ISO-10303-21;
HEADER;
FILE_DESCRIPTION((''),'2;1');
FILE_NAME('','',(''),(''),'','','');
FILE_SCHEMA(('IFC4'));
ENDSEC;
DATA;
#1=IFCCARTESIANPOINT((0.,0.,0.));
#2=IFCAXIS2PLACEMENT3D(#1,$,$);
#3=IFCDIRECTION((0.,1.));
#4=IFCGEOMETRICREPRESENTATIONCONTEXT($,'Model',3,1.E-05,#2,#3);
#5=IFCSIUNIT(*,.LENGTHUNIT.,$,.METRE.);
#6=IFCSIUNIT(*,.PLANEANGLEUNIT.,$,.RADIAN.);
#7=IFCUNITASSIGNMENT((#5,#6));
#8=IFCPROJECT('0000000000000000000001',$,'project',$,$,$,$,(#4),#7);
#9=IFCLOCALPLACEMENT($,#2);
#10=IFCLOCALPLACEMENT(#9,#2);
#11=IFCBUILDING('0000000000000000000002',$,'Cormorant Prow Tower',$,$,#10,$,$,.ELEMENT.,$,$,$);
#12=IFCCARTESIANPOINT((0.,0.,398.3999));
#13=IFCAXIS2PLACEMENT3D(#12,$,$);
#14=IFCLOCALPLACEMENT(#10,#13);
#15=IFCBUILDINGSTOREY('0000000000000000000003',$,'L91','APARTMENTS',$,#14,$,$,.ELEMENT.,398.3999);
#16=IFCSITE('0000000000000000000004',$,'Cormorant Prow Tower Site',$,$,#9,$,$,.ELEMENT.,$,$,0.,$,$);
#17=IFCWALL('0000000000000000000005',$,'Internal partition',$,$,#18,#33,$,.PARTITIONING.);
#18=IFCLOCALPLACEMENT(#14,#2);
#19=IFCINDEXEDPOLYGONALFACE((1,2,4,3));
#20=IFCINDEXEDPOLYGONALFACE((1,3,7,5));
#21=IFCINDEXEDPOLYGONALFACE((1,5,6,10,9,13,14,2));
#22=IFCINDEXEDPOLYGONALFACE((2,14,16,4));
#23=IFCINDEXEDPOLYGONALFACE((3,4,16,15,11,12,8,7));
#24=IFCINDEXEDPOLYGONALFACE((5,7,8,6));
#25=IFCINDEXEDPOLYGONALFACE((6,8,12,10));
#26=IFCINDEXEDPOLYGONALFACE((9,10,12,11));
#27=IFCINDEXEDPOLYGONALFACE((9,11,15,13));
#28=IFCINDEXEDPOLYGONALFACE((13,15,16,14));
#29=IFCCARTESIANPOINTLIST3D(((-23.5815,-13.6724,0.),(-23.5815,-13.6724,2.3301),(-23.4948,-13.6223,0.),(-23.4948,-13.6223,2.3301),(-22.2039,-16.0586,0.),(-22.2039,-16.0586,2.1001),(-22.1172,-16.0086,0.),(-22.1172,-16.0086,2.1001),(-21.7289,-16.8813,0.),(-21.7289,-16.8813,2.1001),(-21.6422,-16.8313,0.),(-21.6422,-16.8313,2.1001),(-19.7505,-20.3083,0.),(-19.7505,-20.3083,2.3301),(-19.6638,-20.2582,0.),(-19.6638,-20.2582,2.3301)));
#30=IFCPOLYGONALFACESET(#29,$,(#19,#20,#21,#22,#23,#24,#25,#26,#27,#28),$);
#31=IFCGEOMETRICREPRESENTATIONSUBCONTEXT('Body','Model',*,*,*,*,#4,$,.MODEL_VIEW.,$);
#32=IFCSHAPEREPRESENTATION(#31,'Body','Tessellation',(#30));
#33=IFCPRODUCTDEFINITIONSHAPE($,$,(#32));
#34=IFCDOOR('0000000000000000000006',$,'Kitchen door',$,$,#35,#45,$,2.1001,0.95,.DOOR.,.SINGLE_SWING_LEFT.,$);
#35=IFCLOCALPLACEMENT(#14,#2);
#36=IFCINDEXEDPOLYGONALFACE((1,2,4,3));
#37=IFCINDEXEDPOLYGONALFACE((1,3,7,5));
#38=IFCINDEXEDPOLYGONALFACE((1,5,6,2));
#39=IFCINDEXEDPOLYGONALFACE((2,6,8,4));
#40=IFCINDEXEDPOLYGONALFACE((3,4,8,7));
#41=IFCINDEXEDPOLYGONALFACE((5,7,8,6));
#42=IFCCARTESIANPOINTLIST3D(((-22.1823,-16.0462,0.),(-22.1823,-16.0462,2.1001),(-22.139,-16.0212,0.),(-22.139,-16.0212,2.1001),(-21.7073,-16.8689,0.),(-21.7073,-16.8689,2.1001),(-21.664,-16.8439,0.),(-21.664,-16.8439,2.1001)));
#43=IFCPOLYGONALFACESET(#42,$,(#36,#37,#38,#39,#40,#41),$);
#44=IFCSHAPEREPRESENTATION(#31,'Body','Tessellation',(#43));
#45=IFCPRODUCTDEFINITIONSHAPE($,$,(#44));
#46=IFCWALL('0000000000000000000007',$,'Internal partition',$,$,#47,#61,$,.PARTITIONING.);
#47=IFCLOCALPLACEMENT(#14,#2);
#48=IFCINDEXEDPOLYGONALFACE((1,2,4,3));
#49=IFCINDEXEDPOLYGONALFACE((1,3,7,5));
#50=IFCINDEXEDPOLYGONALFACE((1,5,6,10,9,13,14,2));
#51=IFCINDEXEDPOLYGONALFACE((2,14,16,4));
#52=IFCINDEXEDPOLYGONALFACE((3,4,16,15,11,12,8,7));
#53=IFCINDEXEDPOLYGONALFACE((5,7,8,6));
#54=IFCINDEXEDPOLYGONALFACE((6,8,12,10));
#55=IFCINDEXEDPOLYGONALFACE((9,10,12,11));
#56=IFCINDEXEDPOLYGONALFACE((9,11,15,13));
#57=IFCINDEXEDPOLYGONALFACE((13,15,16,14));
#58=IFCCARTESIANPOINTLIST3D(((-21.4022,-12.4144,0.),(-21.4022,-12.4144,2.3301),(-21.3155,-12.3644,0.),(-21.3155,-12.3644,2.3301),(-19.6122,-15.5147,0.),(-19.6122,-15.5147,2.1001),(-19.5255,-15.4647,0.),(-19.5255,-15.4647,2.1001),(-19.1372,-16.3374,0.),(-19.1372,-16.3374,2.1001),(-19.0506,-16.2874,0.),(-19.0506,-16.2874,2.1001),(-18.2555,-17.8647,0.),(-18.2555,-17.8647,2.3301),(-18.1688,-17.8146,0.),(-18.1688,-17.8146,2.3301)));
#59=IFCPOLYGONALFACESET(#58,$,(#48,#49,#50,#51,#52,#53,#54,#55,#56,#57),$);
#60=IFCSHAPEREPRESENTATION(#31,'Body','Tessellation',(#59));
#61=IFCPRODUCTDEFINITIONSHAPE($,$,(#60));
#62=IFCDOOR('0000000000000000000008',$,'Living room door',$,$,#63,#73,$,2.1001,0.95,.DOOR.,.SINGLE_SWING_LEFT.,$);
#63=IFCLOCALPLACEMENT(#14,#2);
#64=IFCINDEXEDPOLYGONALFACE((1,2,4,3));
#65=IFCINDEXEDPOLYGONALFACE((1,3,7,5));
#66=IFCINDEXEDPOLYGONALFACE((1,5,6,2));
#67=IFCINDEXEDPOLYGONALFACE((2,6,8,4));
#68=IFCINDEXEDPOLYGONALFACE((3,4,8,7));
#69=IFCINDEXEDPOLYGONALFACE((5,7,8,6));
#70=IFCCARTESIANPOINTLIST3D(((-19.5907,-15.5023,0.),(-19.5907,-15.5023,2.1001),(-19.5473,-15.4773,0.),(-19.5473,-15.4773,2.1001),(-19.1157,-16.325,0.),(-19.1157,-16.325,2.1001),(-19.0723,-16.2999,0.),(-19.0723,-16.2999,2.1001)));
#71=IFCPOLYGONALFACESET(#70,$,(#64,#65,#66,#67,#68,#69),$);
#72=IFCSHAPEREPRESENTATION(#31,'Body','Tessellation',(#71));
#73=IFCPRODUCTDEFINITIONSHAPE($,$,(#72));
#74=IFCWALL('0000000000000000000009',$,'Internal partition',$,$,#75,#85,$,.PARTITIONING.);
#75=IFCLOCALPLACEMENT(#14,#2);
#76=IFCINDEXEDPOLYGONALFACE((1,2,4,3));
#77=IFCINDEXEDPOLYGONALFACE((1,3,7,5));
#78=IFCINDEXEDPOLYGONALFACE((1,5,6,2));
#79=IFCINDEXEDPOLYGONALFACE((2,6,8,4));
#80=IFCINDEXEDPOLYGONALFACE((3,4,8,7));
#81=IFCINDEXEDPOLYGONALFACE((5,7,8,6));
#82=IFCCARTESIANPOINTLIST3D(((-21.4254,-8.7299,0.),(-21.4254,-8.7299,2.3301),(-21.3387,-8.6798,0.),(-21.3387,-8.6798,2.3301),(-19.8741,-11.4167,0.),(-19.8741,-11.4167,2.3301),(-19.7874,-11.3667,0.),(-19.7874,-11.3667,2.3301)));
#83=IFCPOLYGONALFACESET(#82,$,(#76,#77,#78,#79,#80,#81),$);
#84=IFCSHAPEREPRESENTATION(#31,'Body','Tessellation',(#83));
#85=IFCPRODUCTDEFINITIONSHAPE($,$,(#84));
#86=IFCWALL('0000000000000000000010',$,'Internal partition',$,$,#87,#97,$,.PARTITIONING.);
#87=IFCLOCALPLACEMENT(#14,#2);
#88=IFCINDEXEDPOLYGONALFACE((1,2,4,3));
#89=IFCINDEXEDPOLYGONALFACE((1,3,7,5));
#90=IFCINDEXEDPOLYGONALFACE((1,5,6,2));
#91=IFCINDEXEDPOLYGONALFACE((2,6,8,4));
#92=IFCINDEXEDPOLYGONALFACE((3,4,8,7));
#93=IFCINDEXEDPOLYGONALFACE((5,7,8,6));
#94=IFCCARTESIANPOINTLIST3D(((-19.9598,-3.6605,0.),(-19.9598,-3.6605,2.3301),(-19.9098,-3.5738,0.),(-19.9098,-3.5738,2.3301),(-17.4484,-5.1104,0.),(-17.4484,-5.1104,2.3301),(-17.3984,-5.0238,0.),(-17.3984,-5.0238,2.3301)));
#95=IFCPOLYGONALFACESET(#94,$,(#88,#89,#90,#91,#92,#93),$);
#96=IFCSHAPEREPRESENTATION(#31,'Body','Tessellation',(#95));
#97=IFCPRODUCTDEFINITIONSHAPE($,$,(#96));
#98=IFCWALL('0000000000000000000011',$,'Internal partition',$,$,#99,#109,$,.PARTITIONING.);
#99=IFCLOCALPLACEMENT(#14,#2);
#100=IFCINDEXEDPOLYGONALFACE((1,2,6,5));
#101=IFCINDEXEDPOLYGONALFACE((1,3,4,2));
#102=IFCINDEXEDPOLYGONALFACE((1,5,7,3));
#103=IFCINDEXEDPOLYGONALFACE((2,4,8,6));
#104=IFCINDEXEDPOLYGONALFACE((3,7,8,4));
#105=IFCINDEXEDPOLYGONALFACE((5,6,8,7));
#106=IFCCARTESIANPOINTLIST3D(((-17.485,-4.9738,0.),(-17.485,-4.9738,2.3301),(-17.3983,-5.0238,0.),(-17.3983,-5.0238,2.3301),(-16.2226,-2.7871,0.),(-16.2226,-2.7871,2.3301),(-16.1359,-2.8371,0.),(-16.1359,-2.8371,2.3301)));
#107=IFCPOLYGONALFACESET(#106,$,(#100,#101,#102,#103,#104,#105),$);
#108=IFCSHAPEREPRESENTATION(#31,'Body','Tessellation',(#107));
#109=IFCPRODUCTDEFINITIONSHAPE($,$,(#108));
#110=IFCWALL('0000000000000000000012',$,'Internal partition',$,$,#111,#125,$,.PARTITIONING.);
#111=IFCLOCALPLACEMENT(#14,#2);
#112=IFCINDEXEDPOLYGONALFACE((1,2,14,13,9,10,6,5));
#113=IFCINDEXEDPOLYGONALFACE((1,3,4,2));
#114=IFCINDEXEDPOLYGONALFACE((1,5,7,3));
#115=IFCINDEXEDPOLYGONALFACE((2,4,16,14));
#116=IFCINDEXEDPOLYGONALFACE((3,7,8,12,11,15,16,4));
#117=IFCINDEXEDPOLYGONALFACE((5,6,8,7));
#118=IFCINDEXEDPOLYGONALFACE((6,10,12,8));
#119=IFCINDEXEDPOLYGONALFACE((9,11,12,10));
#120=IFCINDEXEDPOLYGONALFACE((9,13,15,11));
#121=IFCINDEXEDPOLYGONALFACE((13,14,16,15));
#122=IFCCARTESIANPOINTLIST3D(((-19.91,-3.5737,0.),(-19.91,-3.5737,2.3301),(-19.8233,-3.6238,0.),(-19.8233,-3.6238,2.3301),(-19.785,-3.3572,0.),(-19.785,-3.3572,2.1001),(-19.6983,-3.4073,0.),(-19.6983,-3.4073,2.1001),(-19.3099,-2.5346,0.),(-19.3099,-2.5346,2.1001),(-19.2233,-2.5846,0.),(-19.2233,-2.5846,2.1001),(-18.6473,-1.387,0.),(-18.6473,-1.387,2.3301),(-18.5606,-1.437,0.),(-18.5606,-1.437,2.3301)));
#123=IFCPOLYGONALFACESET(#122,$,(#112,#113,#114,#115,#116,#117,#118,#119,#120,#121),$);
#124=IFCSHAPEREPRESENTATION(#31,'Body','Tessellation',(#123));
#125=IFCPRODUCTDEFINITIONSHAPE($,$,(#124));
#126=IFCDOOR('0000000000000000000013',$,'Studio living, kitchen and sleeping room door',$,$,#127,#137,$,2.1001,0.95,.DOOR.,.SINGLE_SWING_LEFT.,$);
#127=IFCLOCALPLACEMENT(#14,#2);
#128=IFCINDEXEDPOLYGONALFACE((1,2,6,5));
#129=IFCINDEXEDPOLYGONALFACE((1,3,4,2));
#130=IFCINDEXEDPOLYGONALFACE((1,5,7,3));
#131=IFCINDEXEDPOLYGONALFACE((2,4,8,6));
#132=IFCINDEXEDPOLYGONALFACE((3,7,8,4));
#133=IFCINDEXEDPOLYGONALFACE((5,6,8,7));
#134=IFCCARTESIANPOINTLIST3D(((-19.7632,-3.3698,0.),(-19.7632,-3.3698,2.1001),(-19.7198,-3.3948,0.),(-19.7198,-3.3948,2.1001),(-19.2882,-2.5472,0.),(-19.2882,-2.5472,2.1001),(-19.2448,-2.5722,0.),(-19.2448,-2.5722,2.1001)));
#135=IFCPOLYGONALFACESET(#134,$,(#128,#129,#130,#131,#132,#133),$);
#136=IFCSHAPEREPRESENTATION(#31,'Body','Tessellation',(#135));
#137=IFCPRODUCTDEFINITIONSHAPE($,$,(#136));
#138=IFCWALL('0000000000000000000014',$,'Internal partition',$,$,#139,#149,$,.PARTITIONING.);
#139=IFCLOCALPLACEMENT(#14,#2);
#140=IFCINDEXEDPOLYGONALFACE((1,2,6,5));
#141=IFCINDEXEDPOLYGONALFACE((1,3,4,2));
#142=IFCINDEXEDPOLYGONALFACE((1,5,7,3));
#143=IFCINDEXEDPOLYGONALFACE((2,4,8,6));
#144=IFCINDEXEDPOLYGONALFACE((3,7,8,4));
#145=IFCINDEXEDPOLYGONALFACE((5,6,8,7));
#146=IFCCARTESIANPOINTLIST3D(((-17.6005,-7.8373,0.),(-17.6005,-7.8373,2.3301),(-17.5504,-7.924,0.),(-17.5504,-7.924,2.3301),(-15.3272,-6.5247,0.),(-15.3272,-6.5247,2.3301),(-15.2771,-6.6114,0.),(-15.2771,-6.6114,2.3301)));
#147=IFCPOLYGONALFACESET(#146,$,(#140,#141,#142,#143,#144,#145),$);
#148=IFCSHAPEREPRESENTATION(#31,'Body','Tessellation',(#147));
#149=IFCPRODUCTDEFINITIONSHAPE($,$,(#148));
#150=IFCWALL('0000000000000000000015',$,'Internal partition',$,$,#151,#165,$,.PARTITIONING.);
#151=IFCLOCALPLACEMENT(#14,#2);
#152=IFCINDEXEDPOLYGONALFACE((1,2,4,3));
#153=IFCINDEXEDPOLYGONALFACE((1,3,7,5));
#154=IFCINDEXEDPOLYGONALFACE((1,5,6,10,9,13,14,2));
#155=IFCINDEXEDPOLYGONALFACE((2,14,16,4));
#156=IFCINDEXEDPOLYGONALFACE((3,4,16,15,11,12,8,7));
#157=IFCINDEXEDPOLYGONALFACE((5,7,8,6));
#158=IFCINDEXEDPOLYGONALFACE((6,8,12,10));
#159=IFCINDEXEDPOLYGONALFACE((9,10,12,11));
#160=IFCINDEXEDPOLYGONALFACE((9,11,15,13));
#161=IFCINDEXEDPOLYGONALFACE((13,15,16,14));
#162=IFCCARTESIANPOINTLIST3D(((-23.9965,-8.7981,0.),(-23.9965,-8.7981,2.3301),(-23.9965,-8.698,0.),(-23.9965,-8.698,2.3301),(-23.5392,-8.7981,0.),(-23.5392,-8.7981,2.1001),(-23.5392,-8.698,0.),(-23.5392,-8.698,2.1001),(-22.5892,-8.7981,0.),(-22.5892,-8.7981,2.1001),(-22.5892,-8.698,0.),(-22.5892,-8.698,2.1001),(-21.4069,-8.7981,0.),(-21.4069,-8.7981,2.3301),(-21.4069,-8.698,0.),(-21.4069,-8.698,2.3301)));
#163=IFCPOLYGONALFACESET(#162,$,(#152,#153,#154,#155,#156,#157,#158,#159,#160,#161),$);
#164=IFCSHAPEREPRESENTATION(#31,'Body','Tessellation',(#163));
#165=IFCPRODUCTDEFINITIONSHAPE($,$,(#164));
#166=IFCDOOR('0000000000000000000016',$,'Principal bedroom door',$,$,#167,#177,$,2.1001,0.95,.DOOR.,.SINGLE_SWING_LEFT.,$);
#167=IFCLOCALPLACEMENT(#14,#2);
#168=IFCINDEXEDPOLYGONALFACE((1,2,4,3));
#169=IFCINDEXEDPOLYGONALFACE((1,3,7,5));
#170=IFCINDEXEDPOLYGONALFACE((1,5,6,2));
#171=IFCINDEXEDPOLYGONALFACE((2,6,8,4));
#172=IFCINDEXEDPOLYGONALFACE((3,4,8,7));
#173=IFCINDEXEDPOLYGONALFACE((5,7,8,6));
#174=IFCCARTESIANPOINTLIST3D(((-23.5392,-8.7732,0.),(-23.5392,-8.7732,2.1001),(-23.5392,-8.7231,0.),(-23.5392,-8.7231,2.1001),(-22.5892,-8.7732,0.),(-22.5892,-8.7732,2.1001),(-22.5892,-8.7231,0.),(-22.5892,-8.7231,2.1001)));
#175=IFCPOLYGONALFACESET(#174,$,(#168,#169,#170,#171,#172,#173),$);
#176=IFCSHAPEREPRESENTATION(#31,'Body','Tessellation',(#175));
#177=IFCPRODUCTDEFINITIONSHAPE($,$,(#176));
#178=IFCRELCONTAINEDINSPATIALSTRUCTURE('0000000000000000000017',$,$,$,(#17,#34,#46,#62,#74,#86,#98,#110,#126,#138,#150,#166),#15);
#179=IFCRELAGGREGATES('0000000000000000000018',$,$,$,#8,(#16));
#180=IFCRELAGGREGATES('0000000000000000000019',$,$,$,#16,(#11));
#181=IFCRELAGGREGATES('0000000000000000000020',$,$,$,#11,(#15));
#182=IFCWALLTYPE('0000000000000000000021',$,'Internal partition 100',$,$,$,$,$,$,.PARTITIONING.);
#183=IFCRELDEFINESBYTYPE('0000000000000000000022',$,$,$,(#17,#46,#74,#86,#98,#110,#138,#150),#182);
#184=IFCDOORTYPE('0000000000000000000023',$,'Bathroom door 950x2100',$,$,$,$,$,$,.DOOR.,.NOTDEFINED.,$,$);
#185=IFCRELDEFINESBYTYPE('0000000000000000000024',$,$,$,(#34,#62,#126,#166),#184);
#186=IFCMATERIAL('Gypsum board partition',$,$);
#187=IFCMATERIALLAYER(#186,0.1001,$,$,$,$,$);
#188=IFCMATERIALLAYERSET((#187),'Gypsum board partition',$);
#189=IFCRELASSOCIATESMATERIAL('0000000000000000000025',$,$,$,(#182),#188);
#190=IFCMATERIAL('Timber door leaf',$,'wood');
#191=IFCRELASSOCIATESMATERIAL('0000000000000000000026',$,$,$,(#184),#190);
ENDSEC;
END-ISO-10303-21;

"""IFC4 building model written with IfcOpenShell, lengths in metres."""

from ifc_helpers import new_model, si_unit, direction, frame, frame_2d, origin, place, context, subcontext, project, spatial, rectangle, extrude, material, layer, layer_set, type_object, element, fill, save


model = new_model("IFC4")

# Units and contexts
model_context = context("Model", 3, precision=1e-05, world=origin(), true_north=direction((0.0, 1.0)))
body_context = subcontext(model_context, "Body", "Model", "MODEL_VIEW")
ifc_project = project(units=[si_unit("LENGTHUNIT", "METRE"), si_unit("PLANEANGLEUNIT", "RADIAN")], contexts=[model_context])

# Site, building, storey
site_placement = place(None, origin())
site = spatial("IfcSite", under=ifc_project, at=site_placement, Name="Cormorant Prow Tower Site", CompositionType="ELEMENT", RefElevation=0.0)
building_placement = place(site_placement, origin())
building = spatial("IfcBuilding", under=site, at=building_placement, Name="Cormorant Prow Tower", CompositionType="ELEMENT")
storey_placement = place(building_placement, frame((0.0, 0.0, 398.3999)))
storey = spatial("IfcBuildingStorey", under=building, at=storey_placement, Name="L91", Description="APARTMENTS", CompositionType="ELEMENT", Elevation=398.3999)

# Walls, openings, doors
ifc_material_1 = material(Name="Gypsum board partition")
ifc_layer_1 = layer(ifc_material_1, 0.1001)
ifc_layer_set_1 = layer_set([ifc_layer_1], Name="Gypsum board partition")
wall_type_1 = type_object("IfcWallType", Name="Internal partition 100", PredefinedType="PARTITIONING", material=ifc_layer_set_1)
wall_1_placement = place(storey_placement, frame((-23.5381, -13.6475, 0.0), z_axis=(0.0, 0.0, 1.0), x_axis=(0.499977, -0.866039, 0.0)))
wall_1 = element("IfcWall", 1, at=wall_1_placement, inside=storey, type_object=wall_type_1, Name="Internal partition", PredefinedType="PARTITIONING", context=body_context, shape_type="SweptSolid", body=[
    extrude(rectangle(XDim=7.6624, YDim=0.1001, at=frame_2d((3.8311, 0.0))), origin(), (0.0, 0.0, 1.0), 2.3301),
])
opening_1_placement = place(wall_1_placement, frame((2.7551, 0.0, 0.0)))
opening_1 = element("IfcOpeningElement", 2, at=opening_1_placement, cuts=wall_1, PredefinedType="OPENING", context=body_context, shape_type="SweptSolid", body=[
    extrude(rectangle(XDim=0.95, YDim=2.1001, at=frame_2d((0.4751, 1.05))), frame((0.0, 0.0601, 0.0), z_axis=(0.0, -1.0, 0.0), x_axis=(1.0, 0.0, 0.0)), (0.0, 0.0, 1.0), 0.1201),
])
ifc_material_2 = material(Name="Timber door leaf", Category="wood")
door_type_1 = type_object("IfcDoorType", Name="Bathroom door 950x2100", OperationType="NOTDEFINED", PredefinedType="DOOR", material=ifc_material_2)
door_1_placement = place(opening_1_placement, origin())
door_1 = element("IfcDoor", 3, at=door_1_placement, inside=storey, type_object=door_type_1, Name="Kitchen door", OperationType="SINGLE_SWING_LEFT", OverallHeight=2.1001, OverallWidth=0.95, PredefinedType="DOOR", context=body_context, shape_type="SweptSolid", body=[
    extrude(rectangle(XDim=0.95, YDim=2.1001, at=frame_2d((0.4751, 1.05))), frame((0.0, 0.0249, 0.0), z_axis=(0.0, -1.0, 0.0), x_axis=(1.0, 0.0, 0.0)), (0.0, 0.0, 1.0), 0.05),
])
fill(opening_1, door_1)
wall_2_placement = place(storey_placement, frame((-21.3589, -12.3894, 0.0), z_axis=(0.0, 0.0, 1.0), x_axis=(0.500007, -0.866021, 0.0)))
wall_2 = element("IfcWall", 4, at=wall_2_placement, inside=storey, type_object=wall_type_1, Name="Internal partition", PredefinedType="PARTITIONING", context=body_context, shape_type="SweptSolid", body=[
    extrude(rectangle(XDim=6.2935, YDim=0.1001, at=frame_2d((3.1467, 0.0))), origin(), (0.0, 0.0, 1.0), 2.3301),
])
opening_2_placement = place(wall_2_placement, frame((3.5798, 0.0, 0.0)))
opening_2 = element("IfcOpeningElement", 5, at=opening_2_placement, cuts=wall_2, PredefinedType="OPENING", context=body_context, shape_type="SweptSolid", body=[
    extrude(rectangle(XDim=0.95, YDim=2.1001, at=frame_2d((0.4751, 1.05))), frame((0.0, 0.0601, 0.0), z_axis=(0.0, -1.0, 0.0), x_axis=(1.0, 0.0, 0.0)), (0.0, 0.0, 1.0), 0.1201),
])
door_2_placement = place(opening_2_placement, origin())
door_2 = element("IfcDoor", 6, at=door_2_placement, inside=storey, type_object=door_type_1, Name="Living room door", OperationType="SINGLE_SWING_LEFT", OverallHeight=2.1001, OverallWidth=0.95, PredefinedType="DOOR", context=body_context, shape_type="SweptSolid", body=[
    extrude(rectangle(XDim=0.95, YDim=2.1001, at=frame_2d((0.4751, 1.05))), frame((0.0, 0.0249, 0.0), z_axis=(0.0, -1.0, 0.0), x_axis=(1.0, 0.0, 0.0)), (0.0, 0.0, 1.0), 0.05),
])
fill(opening_2, door_2)

# Walls
wall_3_placement = place(storey_placement, frame((-21.3821, -8.7048, 0.0), z_axis=(0.0, 0.0, 1.0), x_axis=(0.500015, -0.866017, 0.0)))
element("IfcWall", 7, at=wall_3_placement, inside=storey, type_object=wall_type_1, Name="Internal partition", PredefinedType="PARTITIONING", context=body_context, shape_type="SweptSolid", body=[
    extrude(rectangle(XDim=3.1025, YDim=0.1001, at=frame_2d((1.5513, 0.0))), origin(), (0.0, 0.0, 1.0), 2.3301),
])
wall_4_placement = place(storey_placement, frame((-19.9348, -3.6172, 0.0), z_axis=(0.0, 0.0, 1.0), x_axis=(0.866033, -0.499987, 0.0)))
element("IfcWall", 8, at=wall_4_placement, inside=storey, type_object=wall_type_1, Name="Internal partition", PredefinedType="PARTITIONING", context=body_context, shape_type="SweptSolid", body=[
    extrude(rectangle(XDim=2.8999, YDim=0.1001, at=frame_2d((1.45, 0.0))), origin(), (0.0, 0.0, 1.0), 2.3301),
])
wall_5_placement = place(storey_placement, frame((-17.4417, -4.9988, 0.0), z_axis=(0.0, 0.0, 1.0), x_axis=(0.499976, 0.866039, 0.0)))
element("IfcWall", 9, at=wall_5_placement, inside=storey, type_object=wall_type_1, Name="Internal partition", PredefinedType="PARTITIONING", context=body_context, shape_type="SweptSolid", body=[
    extrude(rectangle(XDim=2.5249, YDim=0.1001, at=frame_2d((1.2625, 0.0))), origin(), (0.0, 0.0, 1.0), 2.3301),
])

# Wall, opening, door
wall_6_placement = place(storey_placement, frame((-19.8667, -3.5989, 0.0), z_axis=(0.0, 0.0, 1.0), x_axis=(0.500049, 0.865997, 0.0)))
wall_6 = element("IfcWall", 10, at=wall_6_placement, inside=storey, type_object=wall_type_1, Name="Internal partition", PredefinedType="PARTITIONING", context=body_context, shape_type="SweptSolid", body=[
    extrude(rectangle(XDim=2.5251, YDim=0.1001, at=frame_2d((1.2627, 0.0))), origin(), (0.0, 0.0, 1.0), 2.3301),
])
opening_3_placement = place(wall_6_placement, frame((0.25, 0.0, 0.0)))
opening_3 = element("IfcOpeningElement", 11, at=opening_3_placement, cuts=wall_6, PredefinedType="OPENING", context=body_context, shape_type="SweptSolid", body=[
    extrude(rectangle(XDim=0.95, YDim=2.1001, at=frame_2d((0.4751, 1.05))), frame((0.0, 0.0601, 0.0), z_axis=(0.0, -1.0, 0.0), x_axis=(1.0, 0.0, 0.0)), (0.0, 0.0, 1.0), 0.1201),
])
door_3_placement = place(opening_3_placement, origin())
door_3 = element("IfcDoor", 12, at=door_3_placement, inside=storey, type_object=door_type_1, Name="Studio living, kitchen and sleeping room door", OperationType="SINGLE_SWING_LEFT", OverallHeight=2.1001, OverallWidth=0.95, PredefinedType="DOOR", context=body_context, shape_type="SweptSolid", body=[
    extrude(rectangle(XDim=0.95, YDim=2.1001, at=frame_2d((0.4751, 1.05))), frame((0.0, 0.0249, 0.0), z_axis=(0.0, -1.0, 0.0), x_axis=(1.0, 0.0, 0.0)), (0.0, 0.0, 1.0), 0.05),
])
fill(opening_3, door_3)

# Wall
wall_7_placement = place(storey_placement, frame((-17.5754, -7.8806, 0.0), z_axis=(0.0, 0.0, 1.0), x_axis=(0.866014, 0.50002, 0.0)))
element("IfcWall", 13, at=wall_7_placement, inside=storey, type_object=wall_type_1, Name="Internal partition", PredefinedType="PARTITIONING", context=body_context, shape_type="SweptSolid", body=[
    extrude(rectangle(XDim=2.625, YDim=0.1001, at=frame_2d((1.3125, 0.0))), origin(), (0.0, 0.0, 1.0), 2.3301),
])

# Wall, opening, door
wall_8_placement = place(storey_placement, frame((-23.9966, -8.748, 0.0), z_axis=(0.0, 0.0, 1.0), x_axis=(1.0, 0.0, 0.0)))
wall_8 = element("IfcWall", 14, at=wall_8_placement, inside=storey, type_object=wall_type_1, Name="Internal partition", PredefinedType="PARTITIONING", context=body_context, shape_type="SweptSolid", body=[
    extrude(rectangle(XDim=2.5896, YDim=0.1001, at=frame_2d((1.2949, 0.0))), origin(), (0.0, 0.0, 1.0), 2.3301),
])
opening_4_placement = place(wall_8_placement, frame((0.4573, 0.0, 0.0)))
opening_4 = element("IfcOpeningElement", 15, at=opening_4_placement, cuts=wall_8, PredefinedType="OPENING", context=body_context, shape_type="SweptSolid", body=[
    extrude(rectangle(XDim=0.95, YDim=2.1001, at=frame_2d((0.4751, 1.05))), frame((0.0, 0.0601, 0.0), z_axis=(0.0, -1.0, 0.0), x_axis=(1.0, 0.0, 0.0)), (0.0, 0.0, 1.0), 0.1201),
])
door_4_placement = place(opening_4_placement, origin())
door_4 = element("IfcDoor", 16, at=door_4_placement, inside=storey, type_object=door_type_1, Name="Principal bedroom door", OperationType="SINGLE_SWING_LEFT", OverallHeight=2.1001, OverallWidth=0.95, PredefinedType="DOOR", context=body_context, shape_type="SweptSolid", body=[
    extrude(rectangle(XDim=0.95, YDim=2.1001, at=frame_2d((0.4751, 1.05))), frame((0.0, 0.0249, 0.0), z_axis=(0.0, -1.0, 0.0), x_axis=(1.0, 0.0, 0.0)), (0.0, 0.0, 1.0), 0.05),
])
fill(opening_4, door_4)

save(model, "model.ifc")
